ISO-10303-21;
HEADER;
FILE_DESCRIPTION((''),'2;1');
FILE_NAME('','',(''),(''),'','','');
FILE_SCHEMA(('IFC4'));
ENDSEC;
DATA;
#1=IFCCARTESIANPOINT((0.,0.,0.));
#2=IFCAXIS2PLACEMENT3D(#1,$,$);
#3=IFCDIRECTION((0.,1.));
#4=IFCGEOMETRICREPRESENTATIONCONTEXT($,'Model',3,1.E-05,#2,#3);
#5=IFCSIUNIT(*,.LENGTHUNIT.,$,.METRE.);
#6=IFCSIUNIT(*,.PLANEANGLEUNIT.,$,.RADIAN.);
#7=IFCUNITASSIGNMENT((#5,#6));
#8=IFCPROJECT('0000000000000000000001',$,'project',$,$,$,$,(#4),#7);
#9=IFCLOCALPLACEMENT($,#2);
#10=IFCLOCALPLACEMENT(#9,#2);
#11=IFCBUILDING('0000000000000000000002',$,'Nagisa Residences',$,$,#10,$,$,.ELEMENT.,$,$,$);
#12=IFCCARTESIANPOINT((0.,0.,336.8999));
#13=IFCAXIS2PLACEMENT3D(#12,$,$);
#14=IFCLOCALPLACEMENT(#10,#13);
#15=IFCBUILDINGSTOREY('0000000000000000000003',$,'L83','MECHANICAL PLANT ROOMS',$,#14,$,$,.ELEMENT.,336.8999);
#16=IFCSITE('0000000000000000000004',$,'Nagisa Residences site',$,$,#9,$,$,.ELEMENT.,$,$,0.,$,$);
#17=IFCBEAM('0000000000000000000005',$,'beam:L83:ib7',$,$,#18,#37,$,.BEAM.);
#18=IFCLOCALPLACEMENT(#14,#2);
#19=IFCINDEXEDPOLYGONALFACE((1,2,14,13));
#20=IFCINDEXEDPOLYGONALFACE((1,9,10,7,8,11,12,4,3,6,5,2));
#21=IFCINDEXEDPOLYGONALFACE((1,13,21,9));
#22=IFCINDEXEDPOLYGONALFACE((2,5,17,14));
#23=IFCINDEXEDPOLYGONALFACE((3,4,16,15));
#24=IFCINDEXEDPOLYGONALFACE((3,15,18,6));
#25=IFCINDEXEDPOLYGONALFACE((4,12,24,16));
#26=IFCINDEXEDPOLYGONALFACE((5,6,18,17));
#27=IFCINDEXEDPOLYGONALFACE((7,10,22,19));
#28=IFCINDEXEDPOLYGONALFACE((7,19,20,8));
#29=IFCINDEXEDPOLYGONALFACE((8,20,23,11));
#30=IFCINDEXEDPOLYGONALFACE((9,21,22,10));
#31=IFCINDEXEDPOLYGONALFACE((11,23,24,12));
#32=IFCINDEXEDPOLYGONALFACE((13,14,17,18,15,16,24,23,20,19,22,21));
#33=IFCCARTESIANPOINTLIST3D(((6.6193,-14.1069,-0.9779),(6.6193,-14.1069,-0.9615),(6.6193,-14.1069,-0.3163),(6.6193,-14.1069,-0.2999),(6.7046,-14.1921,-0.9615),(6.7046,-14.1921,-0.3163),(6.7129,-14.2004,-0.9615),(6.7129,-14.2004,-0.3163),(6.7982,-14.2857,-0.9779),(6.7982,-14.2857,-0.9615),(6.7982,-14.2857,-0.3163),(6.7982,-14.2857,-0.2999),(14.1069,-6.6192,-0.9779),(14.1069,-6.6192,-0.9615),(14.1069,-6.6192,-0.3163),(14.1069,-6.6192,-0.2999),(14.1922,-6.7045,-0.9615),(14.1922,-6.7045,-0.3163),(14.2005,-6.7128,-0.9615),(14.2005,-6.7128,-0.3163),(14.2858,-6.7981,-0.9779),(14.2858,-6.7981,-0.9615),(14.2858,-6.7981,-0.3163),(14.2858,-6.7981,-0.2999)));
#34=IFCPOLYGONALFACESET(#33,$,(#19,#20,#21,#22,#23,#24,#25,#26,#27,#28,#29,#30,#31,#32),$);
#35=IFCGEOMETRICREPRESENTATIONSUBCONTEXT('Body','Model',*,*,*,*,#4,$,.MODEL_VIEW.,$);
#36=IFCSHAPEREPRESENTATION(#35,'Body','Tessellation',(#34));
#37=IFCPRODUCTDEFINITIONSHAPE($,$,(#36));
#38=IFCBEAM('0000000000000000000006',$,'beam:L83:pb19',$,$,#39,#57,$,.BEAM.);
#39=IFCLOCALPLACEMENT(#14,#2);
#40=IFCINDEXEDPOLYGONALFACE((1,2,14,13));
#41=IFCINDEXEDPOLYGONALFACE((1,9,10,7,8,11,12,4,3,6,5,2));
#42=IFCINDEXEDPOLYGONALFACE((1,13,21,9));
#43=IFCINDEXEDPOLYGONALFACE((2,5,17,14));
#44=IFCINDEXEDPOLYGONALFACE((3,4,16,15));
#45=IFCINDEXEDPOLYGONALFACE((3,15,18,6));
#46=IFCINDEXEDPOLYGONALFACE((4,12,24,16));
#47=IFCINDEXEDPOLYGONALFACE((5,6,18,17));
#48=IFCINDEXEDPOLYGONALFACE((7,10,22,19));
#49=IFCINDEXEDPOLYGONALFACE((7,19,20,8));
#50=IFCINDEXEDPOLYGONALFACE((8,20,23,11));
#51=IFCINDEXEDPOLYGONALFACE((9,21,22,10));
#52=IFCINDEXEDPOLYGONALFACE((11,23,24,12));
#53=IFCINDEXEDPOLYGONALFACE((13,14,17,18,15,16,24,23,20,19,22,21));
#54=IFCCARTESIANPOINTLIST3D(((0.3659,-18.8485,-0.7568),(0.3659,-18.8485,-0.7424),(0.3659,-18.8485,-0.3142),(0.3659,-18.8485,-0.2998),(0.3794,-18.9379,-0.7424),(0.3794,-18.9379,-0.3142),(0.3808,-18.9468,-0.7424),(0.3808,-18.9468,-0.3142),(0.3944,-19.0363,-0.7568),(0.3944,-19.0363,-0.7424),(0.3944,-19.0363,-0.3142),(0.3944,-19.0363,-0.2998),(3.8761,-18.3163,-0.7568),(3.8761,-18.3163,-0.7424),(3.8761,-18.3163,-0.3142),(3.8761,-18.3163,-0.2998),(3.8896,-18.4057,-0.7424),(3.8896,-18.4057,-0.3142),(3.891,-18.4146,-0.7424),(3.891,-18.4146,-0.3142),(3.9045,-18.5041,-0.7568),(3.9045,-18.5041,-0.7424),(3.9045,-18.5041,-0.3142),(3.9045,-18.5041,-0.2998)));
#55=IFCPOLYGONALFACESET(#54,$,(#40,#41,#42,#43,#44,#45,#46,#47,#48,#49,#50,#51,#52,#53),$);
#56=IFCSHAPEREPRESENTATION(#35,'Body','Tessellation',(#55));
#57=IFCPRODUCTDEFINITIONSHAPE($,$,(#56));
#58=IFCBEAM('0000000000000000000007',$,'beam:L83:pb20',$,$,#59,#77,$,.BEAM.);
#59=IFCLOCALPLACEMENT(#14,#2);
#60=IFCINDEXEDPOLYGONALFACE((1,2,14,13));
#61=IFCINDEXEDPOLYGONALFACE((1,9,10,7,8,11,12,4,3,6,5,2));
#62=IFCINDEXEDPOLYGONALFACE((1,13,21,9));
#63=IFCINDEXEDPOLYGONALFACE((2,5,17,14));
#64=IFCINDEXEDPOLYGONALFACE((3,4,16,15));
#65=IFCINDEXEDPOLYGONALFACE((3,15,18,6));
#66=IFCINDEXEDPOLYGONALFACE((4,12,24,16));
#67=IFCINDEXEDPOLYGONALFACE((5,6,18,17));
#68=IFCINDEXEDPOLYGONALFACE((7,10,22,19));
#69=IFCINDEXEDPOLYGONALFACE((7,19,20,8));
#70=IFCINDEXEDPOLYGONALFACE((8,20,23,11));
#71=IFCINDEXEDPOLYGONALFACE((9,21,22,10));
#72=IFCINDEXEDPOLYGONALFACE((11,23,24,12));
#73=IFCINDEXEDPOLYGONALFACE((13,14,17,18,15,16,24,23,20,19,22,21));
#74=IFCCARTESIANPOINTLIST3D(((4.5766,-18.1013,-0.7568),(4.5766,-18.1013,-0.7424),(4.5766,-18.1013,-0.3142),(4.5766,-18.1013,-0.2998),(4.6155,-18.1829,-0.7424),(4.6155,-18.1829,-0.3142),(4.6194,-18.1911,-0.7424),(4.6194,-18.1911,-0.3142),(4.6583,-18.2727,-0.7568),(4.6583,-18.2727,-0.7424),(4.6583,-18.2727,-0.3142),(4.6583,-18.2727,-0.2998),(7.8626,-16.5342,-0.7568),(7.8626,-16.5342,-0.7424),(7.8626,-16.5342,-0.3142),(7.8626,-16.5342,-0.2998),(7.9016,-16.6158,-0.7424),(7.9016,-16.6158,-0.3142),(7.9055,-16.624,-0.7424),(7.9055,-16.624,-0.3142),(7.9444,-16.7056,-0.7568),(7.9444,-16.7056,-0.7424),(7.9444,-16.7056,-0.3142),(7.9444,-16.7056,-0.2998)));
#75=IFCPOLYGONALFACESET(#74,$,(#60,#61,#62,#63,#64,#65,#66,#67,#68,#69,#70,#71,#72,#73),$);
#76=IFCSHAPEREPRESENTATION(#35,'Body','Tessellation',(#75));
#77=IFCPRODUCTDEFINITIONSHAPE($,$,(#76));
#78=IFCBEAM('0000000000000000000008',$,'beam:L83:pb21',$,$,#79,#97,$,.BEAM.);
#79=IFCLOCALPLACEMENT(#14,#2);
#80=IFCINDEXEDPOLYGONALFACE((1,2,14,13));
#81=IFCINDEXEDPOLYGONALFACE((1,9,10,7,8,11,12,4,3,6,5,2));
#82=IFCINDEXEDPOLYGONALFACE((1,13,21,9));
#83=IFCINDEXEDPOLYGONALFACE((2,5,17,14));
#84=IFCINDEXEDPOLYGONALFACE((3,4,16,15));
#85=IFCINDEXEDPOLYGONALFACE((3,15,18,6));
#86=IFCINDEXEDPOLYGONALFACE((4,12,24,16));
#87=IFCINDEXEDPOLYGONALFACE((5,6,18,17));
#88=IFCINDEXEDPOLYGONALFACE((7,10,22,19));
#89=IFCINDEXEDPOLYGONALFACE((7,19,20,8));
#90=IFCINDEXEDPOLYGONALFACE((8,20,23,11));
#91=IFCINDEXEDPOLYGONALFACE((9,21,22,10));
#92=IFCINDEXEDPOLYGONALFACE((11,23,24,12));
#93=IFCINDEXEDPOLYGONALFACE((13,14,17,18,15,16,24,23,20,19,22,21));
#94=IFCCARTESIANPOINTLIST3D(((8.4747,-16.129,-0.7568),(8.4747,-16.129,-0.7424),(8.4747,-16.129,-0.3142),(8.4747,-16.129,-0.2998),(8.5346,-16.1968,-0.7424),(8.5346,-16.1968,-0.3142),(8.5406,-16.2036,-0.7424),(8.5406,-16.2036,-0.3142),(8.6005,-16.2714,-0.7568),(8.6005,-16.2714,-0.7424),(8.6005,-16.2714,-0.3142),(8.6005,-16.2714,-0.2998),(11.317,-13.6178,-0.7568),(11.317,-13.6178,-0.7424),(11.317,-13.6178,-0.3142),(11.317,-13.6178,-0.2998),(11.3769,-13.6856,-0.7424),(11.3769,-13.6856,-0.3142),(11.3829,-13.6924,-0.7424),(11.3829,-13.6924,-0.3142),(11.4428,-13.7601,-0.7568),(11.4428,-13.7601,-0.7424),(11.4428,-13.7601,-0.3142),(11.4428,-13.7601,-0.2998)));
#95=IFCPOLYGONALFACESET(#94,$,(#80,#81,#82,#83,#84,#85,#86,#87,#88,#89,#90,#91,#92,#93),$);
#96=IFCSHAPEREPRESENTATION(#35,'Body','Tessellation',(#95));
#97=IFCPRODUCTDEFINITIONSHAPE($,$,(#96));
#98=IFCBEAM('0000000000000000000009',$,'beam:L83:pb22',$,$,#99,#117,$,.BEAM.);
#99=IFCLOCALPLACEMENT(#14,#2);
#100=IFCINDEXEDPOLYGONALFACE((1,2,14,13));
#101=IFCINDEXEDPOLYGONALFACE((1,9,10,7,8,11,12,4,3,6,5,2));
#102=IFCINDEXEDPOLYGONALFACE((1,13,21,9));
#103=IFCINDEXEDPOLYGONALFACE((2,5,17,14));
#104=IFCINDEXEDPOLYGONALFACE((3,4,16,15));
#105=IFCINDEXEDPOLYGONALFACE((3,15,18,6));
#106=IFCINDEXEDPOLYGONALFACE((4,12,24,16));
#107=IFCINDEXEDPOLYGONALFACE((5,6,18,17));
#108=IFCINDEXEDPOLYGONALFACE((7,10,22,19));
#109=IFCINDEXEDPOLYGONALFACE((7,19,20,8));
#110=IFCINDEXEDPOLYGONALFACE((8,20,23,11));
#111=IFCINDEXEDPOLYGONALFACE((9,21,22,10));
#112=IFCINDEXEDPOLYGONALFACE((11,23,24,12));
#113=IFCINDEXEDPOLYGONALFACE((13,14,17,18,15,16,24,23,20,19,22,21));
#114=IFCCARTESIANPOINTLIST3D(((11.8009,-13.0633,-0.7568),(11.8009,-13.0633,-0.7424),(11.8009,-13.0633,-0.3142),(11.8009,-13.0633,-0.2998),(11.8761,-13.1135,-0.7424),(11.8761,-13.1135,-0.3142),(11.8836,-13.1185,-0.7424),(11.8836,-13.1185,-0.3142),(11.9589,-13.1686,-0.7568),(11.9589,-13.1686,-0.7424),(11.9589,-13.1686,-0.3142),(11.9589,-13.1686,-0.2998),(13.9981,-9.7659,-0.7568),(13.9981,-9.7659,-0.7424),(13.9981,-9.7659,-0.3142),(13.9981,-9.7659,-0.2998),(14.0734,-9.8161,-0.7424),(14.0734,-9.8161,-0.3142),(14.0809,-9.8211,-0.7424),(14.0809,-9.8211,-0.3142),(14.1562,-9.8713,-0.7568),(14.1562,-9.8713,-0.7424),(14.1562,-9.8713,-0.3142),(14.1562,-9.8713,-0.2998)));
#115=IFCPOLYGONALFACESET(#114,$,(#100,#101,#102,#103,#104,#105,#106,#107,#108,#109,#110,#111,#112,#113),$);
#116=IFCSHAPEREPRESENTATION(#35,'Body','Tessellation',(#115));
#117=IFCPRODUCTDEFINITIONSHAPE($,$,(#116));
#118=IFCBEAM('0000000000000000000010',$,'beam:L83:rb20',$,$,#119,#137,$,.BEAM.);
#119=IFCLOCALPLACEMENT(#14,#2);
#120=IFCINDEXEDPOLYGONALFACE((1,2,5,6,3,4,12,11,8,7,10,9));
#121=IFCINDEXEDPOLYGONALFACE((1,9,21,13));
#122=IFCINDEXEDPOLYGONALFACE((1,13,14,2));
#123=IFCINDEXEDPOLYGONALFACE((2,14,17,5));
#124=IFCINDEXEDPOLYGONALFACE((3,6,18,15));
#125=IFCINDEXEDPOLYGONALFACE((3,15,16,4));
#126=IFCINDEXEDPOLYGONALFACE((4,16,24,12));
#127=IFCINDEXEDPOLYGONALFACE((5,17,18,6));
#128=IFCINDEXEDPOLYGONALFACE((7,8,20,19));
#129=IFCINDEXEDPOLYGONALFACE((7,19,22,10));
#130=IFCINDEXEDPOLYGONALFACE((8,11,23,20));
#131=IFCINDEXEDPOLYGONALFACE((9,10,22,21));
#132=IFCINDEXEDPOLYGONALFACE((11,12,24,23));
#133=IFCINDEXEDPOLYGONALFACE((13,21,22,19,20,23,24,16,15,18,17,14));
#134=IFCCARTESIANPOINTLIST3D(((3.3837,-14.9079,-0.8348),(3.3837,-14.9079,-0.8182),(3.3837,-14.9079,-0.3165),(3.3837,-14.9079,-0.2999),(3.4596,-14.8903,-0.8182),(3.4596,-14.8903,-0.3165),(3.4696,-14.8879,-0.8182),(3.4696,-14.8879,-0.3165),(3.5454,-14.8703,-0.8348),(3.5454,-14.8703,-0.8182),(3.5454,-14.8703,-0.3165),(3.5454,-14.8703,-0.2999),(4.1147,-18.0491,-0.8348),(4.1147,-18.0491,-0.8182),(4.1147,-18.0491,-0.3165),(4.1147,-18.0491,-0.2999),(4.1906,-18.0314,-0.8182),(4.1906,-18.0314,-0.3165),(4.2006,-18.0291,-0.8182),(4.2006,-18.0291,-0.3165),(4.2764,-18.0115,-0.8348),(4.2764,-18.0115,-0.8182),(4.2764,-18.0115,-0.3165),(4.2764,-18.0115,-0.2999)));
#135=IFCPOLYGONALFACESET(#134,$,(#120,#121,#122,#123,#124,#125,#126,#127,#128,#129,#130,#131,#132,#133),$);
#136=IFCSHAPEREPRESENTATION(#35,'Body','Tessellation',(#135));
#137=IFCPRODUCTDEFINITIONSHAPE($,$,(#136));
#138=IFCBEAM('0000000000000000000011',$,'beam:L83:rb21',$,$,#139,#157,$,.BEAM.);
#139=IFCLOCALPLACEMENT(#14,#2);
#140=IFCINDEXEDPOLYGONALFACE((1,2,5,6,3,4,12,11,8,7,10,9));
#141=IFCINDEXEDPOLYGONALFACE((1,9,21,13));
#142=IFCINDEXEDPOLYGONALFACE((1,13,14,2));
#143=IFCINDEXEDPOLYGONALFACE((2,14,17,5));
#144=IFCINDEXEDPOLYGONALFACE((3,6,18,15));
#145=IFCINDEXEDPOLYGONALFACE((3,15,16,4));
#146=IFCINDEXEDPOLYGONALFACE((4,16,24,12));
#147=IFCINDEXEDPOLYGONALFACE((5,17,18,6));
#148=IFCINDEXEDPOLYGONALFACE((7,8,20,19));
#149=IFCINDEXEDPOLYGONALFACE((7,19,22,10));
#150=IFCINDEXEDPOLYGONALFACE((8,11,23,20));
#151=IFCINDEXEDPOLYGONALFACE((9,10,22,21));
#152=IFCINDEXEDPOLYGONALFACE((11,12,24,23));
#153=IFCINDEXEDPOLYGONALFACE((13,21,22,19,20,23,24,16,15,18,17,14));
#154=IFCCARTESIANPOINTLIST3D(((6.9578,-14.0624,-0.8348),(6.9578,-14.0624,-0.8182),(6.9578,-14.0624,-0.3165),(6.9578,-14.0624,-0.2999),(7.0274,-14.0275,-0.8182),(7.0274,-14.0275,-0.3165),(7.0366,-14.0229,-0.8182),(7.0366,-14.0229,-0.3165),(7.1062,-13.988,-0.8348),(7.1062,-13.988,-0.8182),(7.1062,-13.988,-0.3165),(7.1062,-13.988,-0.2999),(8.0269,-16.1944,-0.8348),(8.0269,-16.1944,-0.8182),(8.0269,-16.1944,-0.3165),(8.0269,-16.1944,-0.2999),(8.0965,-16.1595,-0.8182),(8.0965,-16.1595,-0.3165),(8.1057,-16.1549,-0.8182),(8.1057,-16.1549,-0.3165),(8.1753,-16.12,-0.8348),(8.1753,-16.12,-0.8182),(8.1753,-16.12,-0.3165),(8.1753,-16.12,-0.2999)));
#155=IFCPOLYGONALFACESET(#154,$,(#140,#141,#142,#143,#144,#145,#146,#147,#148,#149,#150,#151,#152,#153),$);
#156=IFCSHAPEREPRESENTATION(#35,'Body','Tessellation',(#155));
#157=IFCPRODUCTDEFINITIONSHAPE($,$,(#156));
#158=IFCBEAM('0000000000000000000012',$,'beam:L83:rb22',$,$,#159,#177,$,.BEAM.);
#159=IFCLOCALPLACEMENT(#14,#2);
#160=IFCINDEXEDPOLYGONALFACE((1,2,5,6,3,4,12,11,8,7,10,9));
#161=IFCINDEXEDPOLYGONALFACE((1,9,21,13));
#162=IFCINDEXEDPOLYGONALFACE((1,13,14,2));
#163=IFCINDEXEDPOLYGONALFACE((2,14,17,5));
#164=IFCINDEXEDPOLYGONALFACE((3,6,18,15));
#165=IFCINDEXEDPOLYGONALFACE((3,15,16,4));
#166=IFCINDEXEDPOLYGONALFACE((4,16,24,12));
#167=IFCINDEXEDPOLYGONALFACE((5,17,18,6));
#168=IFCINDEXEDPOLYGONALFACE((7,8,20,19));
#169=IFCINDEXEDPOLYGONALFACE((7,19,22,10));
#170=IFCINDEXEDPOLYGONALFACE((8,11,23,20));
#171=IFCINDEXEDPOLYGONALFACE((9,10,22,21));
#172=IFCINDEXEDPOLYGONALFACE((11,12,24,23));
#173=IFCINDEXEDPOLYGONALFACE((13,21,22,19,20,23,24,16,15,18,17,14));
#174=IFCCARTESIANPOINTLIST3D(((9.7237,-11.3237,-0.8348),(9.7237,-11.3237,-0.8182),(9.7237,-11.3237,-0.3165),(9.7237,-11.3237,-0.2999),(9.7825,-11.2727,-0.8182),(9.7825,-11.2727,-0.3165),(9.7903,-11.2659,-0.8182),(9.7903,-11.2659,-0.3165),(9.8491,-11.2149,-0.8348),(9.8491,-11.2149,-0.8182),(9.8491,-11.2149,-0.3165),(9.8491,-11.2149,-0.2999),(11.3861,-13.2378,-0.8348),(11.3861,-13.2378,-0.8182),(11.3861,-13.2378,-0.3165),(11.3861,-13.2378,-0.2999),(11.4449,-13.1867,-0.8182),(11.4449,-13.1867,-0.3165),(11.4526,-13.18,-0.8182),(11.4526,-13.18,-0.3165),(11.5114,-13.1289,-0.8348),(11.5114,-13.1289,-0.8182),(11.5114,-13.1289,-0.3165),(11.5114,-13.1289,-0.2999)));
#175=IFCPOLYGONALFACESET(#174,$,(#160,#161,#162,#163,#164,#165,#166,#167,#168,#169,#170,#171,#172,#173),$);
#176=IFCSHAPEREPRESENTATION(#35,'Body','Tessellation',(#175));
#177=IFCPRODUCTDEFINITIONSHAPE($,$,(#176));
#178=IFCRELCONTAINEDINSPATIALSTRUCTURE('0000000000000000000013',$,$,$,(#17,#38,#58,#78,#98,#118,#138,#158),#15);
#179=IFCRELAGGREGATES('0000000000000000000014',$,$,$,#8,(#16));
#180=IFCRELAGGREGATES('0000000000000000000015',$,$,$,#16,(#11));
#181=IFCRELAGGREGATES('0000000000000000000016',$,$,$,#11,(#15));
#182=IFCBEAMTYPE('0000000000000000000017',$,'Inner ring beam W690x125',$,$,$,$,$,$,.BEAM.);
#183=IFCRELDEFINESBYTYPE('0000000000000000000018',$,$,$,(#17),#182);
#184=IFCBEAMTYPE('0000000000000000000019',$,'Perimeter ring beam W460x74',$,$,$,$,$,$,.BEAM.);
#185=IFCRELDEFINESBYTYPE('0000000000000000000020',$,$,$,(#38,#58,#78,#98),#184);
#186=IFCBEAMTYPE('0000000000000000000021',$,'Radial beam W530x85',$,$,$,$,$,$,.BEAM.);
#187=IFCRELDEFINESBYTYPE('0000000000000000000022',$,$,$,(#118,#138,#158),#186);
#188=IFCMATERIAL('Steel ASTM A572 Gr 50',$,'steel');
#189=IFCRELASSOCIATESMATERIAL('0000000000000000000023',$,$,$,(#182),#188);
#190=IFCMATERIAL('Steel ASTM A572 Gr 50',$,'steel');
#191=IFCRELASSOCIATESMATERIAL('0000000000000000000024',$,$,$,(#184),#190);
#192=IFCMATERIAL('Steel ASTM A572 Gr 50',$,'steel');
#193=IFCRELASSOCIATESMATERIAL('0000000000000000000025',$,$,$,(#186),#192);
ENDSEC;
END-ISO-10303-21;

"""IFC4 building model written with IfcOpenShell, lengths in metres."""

from ifc_helpers import new_model, si_unit, direction, frame, origin, origin_2d, place, context, subcontext, project, spatial, i_section, extrude, material, material_profile, profile_set, type_object, element, save


model = new_model("IFC4")

# Units and contexts
model_context = context("Model", 3, precision=1e-05, world=origin(), true_north=direction((0.0, 1.0)))
body_context = subcontext(model_context, "Body", "Model", "MODEL_VIEW")
ifc_project = project(units=[si_unit("LENGTHUNIT", "METRE"), si_unit("PLANEANGLEUNIT", "RADIAN")], contexts=[model_context])

# Site, building, storey
site_placement = place(None, origin())
site = spatial("IfcSite", under=ifc_project, at=site_placement, Name="Nagisa Residences site", CompositionType="ELEMENT", RefElevation=0.0)
building_placement = place(site_placement, origin())
building = spatial("IfcBuilding", under=site, at=building_placement, Name="Nagisa Residences", CompositionType="ELEMENT")
storey_placement = place(building_placement, frame((0.0, 0.0, 336.8999)))
storey = spatial("IfcBuildingStorey", under=building, at=storey_placement, Name="L83", Description="MECHANICAL PLANT ROOMS", CompositionType="ELEMENT", Elevation=336.8999)

# Beams
ifc_material_1 = material(Name="Steel ASTM A572 Gr 50", Category="steel")
ifc_material_profile_1 = material_profile(ifc_material_1, i_section(OverallWidth=0.2529, OverallDepth=0.678, WebThickness=0.0117, FlangeThickness=0.0164, at=origin_2d()), Name="W690x125")
ifc_profile_set_1 = profile_set([ifc_material_profile_1], Name="Steel ASTM A572 Gr 50")
beam_type_1 = type_object("IfcBeamType", Name="Inner ring beam W690x125", PredefinedType="BEAM", material=ifc_profile_set_1)
beam_1_placement = place(storey_placement, frame((6.7087, -14.1963, -0.6389), z_axis=(0.707107, 0.707107, 0.0), x_axis=(-0.707107, 0.707107, 0.0)))
element("IfcBeam", 1, at=beam_1_placement, inside=storey, type_object=beam_type_1, Name="beam:L83:ib7", PredefinedType="BEAM", context=body_context, shape_type="SweptSolid", body=[
    extrude(i_section(OverallWidth=0.2529, OverallDepth=0.678, WebThickness=0.0117, FlangeThickness=0.0164, at=origin_2d()), origin(), (0.0, 0.0, 1.0), 10.5891),
])
ifc_material_2 = material(Name="Steel ASTM A572 Gr 50", Category="steel")
ifc_material_profile_2 = material_profile(ifc_material_2, i_section(OverallWidth=0.1899, OverallDepth=0.457, WebThickness=0.009, FlangeThickness=0.0144, at=origin_2d()), Name="W460x74")
ifc_profile_set_2 = profile_set([ifc_material_profile_2], Name="Steel ASTM A572 Gr 50")
beam_type_2 = type_object("IfcBeamType", Name="Perimeter ring beam W460x74", PredefinedType="BEAM", material=ifc_profile_set_2)
beam_2_placement = place(storey_placement, frame((0.3801, -18.9424, -0.5283), z_axis=(0.9887, 0.149907, 0.0), x_axis=(-0.149907, 0.9887, 0.0)))
element("IfcBeam", 2, at=beam_2_placement, inside=storey, type_object=beam_type_2, Name="beam:L83:pb19", PredefinedType="BEAM", context=body_context, shape_type="SweptSolid", body=[
    extrude(i_section(OverallWidth=0.1899, OverallDepth=0.457, WebThickness=0.009, FlangeThickness=0.0144, at=origin_2d()), origin(), (0.0, 0.0, 1.0), 3.5503),
])
beam_3_placement = place(storey_placement, frame((4.6174, -18.187, -0.5283), z_axis=(0.902614, 0.430452, 0.0), x_axis=(-0.430452, 0.902614, 0.0)))
element("IfcBeam", 3, at=beam_3_placement, inside=storey, type_object=beam_type_2, Name="beam:L83:pb20", PredefinedType="BEAM", context=body_context, shape_type="SweptSolid", body=[
    extrude(i_section(OverallWidth=0.1899, OverallDepth=0.457, WebThickness=0.009, FlangeThickness=0.0144, at=origin_2d()), origin(), (0.0, 0.0, 1.0), 3.6406),
])
beam_4_placement = place(storey_placement, frame((8.5376, -16.2002, -0.5283), z_axis=(0.749402, 0.662115, 0.0), x_axis=(-0.662115, 0.749402, 0.0)))
element("IfcBeam", 4, at=beam_4_placement, inside=storey, type_object=beam_type_2, Name="beam:L83:pb21", PredefinedType="BEAM", context=body_context, shape_type="SweptSolid", body=[
    extrude(i_section(OverallWidth=0.1899, OverallDepth=0.457, WebThickness=0.009, FlangeThickness=0.0144, at=origin_2d()), origin(), (0.0, 0.0, 1.0), 3.7927),
])
beam_5_placement = place(storey_placement, frame((11.8799, -13.116, -0.5283), z_axis=(0.55453, 0.832164, 0.0), x_axis=(-0.832164, 0.55453, 0.0)))
element("IfcBeam", 5, at=beam_5_placement, inside=storey, type_object=beam_type_2, Name="beam:L83:pb22", PredefinedType="BEAM", context=body_context, shape_type="SweptSolid", body=[
    extrude(i_section(OverallWidth=0.1899, OverallDepth=0.457, WebThickness=0.009, FlangeThickness=0.0144, at=origin_2d()), origin(), (0.0, 0.0, 1.0), 3.9624),
])
ifc_material_3 = material(Name="Steel ASTM A572 Gr 50", Category="steel")
ifc_material_profile_3 = material_profile(ifc_material_3, i_section(OverallWidth=0.166, OverallDepth=0.5349, WebThickness=0.0103, FlangeThickness=0.0166, at=origin_2d()), Name="W530x85")
ifc_profile_set_3 = profile_set([ifc_material_profile_3], Name="Steel ASTM A572 Gr 50")
beam_type_3 = type_object("IfcBeamType", Name="Radial beam W530x85", PredefinedType="BEAM", material=ifc_profile_set_3)
beam_6_placement = place(storey_placement, frame((4.1956, -18.0303, -0.5674), z_axis=(-0.22665, 0.973976, 0.0), x_axis=(-0.973976, -0.22665, 0.0)))
element("IfcBeam", 6, at=beam_6_placement, inside=storey, type_object=beam_type_3, Name="beam:L83:rb20", PredefinedType="BEAM", context=body_context, shape_type="SweptSolid", body=[
    extrude(i_section(OverallWidth=0.166, OverallDepth=0.5349, WebThickness=0.0103, FlangeThickness=0.0166, at=origin_2d()), origin(), (0.0, 0.0, 1.0), 3.2251),
])
beam_7_placement = place(storey_placement, frame((8.1011, -16.1572, -0.5674), z_axis=(-0.448237, 0.893915, 0.0), x_axis=(-0.893915, -0.448237, 0.0)))
element("IfcBeam", 7, at=beam_7_placement, inside=storey, type_object=beam_type_3, Name="beam:L83:rb21", PredefinedType="BEAM", context=body_context, shape_type="SweptSolid", body=[
    extrude(i_section(OverallWidth=0.166, OverallDepth=0.5349, WebThickness=0.0103, FlangeThickness=0.0166, at=origin_2d()), origin(), (0.0, 0.0, 1.0), 2.385),
])
beam_8_placement = place(storey_placement, frame((11.4487, -13.1833, -0.5674), z_axis=(-0.655718, 0.755006, 0.0), x_axis=(-0.755006, -0.655718, 0.0)))
element("IfcBeam", 8, at=beam_8_placement, inside=storey, type_object=beam_type_3, Name="beam:L83:rb22", PredefinedType="BEAM", context=body_context, shape_type="SweptSolid", body=[
    extrude(i_section(OverallWidth=0.166, OverallDepth=0.5349, WebThickness=0.0103, FlangeThickness=0.0166, at=origin_2d()), origin(), (0.0, 0.0, 1.0), 2.5352),
])

save(model, "model.ifc")
